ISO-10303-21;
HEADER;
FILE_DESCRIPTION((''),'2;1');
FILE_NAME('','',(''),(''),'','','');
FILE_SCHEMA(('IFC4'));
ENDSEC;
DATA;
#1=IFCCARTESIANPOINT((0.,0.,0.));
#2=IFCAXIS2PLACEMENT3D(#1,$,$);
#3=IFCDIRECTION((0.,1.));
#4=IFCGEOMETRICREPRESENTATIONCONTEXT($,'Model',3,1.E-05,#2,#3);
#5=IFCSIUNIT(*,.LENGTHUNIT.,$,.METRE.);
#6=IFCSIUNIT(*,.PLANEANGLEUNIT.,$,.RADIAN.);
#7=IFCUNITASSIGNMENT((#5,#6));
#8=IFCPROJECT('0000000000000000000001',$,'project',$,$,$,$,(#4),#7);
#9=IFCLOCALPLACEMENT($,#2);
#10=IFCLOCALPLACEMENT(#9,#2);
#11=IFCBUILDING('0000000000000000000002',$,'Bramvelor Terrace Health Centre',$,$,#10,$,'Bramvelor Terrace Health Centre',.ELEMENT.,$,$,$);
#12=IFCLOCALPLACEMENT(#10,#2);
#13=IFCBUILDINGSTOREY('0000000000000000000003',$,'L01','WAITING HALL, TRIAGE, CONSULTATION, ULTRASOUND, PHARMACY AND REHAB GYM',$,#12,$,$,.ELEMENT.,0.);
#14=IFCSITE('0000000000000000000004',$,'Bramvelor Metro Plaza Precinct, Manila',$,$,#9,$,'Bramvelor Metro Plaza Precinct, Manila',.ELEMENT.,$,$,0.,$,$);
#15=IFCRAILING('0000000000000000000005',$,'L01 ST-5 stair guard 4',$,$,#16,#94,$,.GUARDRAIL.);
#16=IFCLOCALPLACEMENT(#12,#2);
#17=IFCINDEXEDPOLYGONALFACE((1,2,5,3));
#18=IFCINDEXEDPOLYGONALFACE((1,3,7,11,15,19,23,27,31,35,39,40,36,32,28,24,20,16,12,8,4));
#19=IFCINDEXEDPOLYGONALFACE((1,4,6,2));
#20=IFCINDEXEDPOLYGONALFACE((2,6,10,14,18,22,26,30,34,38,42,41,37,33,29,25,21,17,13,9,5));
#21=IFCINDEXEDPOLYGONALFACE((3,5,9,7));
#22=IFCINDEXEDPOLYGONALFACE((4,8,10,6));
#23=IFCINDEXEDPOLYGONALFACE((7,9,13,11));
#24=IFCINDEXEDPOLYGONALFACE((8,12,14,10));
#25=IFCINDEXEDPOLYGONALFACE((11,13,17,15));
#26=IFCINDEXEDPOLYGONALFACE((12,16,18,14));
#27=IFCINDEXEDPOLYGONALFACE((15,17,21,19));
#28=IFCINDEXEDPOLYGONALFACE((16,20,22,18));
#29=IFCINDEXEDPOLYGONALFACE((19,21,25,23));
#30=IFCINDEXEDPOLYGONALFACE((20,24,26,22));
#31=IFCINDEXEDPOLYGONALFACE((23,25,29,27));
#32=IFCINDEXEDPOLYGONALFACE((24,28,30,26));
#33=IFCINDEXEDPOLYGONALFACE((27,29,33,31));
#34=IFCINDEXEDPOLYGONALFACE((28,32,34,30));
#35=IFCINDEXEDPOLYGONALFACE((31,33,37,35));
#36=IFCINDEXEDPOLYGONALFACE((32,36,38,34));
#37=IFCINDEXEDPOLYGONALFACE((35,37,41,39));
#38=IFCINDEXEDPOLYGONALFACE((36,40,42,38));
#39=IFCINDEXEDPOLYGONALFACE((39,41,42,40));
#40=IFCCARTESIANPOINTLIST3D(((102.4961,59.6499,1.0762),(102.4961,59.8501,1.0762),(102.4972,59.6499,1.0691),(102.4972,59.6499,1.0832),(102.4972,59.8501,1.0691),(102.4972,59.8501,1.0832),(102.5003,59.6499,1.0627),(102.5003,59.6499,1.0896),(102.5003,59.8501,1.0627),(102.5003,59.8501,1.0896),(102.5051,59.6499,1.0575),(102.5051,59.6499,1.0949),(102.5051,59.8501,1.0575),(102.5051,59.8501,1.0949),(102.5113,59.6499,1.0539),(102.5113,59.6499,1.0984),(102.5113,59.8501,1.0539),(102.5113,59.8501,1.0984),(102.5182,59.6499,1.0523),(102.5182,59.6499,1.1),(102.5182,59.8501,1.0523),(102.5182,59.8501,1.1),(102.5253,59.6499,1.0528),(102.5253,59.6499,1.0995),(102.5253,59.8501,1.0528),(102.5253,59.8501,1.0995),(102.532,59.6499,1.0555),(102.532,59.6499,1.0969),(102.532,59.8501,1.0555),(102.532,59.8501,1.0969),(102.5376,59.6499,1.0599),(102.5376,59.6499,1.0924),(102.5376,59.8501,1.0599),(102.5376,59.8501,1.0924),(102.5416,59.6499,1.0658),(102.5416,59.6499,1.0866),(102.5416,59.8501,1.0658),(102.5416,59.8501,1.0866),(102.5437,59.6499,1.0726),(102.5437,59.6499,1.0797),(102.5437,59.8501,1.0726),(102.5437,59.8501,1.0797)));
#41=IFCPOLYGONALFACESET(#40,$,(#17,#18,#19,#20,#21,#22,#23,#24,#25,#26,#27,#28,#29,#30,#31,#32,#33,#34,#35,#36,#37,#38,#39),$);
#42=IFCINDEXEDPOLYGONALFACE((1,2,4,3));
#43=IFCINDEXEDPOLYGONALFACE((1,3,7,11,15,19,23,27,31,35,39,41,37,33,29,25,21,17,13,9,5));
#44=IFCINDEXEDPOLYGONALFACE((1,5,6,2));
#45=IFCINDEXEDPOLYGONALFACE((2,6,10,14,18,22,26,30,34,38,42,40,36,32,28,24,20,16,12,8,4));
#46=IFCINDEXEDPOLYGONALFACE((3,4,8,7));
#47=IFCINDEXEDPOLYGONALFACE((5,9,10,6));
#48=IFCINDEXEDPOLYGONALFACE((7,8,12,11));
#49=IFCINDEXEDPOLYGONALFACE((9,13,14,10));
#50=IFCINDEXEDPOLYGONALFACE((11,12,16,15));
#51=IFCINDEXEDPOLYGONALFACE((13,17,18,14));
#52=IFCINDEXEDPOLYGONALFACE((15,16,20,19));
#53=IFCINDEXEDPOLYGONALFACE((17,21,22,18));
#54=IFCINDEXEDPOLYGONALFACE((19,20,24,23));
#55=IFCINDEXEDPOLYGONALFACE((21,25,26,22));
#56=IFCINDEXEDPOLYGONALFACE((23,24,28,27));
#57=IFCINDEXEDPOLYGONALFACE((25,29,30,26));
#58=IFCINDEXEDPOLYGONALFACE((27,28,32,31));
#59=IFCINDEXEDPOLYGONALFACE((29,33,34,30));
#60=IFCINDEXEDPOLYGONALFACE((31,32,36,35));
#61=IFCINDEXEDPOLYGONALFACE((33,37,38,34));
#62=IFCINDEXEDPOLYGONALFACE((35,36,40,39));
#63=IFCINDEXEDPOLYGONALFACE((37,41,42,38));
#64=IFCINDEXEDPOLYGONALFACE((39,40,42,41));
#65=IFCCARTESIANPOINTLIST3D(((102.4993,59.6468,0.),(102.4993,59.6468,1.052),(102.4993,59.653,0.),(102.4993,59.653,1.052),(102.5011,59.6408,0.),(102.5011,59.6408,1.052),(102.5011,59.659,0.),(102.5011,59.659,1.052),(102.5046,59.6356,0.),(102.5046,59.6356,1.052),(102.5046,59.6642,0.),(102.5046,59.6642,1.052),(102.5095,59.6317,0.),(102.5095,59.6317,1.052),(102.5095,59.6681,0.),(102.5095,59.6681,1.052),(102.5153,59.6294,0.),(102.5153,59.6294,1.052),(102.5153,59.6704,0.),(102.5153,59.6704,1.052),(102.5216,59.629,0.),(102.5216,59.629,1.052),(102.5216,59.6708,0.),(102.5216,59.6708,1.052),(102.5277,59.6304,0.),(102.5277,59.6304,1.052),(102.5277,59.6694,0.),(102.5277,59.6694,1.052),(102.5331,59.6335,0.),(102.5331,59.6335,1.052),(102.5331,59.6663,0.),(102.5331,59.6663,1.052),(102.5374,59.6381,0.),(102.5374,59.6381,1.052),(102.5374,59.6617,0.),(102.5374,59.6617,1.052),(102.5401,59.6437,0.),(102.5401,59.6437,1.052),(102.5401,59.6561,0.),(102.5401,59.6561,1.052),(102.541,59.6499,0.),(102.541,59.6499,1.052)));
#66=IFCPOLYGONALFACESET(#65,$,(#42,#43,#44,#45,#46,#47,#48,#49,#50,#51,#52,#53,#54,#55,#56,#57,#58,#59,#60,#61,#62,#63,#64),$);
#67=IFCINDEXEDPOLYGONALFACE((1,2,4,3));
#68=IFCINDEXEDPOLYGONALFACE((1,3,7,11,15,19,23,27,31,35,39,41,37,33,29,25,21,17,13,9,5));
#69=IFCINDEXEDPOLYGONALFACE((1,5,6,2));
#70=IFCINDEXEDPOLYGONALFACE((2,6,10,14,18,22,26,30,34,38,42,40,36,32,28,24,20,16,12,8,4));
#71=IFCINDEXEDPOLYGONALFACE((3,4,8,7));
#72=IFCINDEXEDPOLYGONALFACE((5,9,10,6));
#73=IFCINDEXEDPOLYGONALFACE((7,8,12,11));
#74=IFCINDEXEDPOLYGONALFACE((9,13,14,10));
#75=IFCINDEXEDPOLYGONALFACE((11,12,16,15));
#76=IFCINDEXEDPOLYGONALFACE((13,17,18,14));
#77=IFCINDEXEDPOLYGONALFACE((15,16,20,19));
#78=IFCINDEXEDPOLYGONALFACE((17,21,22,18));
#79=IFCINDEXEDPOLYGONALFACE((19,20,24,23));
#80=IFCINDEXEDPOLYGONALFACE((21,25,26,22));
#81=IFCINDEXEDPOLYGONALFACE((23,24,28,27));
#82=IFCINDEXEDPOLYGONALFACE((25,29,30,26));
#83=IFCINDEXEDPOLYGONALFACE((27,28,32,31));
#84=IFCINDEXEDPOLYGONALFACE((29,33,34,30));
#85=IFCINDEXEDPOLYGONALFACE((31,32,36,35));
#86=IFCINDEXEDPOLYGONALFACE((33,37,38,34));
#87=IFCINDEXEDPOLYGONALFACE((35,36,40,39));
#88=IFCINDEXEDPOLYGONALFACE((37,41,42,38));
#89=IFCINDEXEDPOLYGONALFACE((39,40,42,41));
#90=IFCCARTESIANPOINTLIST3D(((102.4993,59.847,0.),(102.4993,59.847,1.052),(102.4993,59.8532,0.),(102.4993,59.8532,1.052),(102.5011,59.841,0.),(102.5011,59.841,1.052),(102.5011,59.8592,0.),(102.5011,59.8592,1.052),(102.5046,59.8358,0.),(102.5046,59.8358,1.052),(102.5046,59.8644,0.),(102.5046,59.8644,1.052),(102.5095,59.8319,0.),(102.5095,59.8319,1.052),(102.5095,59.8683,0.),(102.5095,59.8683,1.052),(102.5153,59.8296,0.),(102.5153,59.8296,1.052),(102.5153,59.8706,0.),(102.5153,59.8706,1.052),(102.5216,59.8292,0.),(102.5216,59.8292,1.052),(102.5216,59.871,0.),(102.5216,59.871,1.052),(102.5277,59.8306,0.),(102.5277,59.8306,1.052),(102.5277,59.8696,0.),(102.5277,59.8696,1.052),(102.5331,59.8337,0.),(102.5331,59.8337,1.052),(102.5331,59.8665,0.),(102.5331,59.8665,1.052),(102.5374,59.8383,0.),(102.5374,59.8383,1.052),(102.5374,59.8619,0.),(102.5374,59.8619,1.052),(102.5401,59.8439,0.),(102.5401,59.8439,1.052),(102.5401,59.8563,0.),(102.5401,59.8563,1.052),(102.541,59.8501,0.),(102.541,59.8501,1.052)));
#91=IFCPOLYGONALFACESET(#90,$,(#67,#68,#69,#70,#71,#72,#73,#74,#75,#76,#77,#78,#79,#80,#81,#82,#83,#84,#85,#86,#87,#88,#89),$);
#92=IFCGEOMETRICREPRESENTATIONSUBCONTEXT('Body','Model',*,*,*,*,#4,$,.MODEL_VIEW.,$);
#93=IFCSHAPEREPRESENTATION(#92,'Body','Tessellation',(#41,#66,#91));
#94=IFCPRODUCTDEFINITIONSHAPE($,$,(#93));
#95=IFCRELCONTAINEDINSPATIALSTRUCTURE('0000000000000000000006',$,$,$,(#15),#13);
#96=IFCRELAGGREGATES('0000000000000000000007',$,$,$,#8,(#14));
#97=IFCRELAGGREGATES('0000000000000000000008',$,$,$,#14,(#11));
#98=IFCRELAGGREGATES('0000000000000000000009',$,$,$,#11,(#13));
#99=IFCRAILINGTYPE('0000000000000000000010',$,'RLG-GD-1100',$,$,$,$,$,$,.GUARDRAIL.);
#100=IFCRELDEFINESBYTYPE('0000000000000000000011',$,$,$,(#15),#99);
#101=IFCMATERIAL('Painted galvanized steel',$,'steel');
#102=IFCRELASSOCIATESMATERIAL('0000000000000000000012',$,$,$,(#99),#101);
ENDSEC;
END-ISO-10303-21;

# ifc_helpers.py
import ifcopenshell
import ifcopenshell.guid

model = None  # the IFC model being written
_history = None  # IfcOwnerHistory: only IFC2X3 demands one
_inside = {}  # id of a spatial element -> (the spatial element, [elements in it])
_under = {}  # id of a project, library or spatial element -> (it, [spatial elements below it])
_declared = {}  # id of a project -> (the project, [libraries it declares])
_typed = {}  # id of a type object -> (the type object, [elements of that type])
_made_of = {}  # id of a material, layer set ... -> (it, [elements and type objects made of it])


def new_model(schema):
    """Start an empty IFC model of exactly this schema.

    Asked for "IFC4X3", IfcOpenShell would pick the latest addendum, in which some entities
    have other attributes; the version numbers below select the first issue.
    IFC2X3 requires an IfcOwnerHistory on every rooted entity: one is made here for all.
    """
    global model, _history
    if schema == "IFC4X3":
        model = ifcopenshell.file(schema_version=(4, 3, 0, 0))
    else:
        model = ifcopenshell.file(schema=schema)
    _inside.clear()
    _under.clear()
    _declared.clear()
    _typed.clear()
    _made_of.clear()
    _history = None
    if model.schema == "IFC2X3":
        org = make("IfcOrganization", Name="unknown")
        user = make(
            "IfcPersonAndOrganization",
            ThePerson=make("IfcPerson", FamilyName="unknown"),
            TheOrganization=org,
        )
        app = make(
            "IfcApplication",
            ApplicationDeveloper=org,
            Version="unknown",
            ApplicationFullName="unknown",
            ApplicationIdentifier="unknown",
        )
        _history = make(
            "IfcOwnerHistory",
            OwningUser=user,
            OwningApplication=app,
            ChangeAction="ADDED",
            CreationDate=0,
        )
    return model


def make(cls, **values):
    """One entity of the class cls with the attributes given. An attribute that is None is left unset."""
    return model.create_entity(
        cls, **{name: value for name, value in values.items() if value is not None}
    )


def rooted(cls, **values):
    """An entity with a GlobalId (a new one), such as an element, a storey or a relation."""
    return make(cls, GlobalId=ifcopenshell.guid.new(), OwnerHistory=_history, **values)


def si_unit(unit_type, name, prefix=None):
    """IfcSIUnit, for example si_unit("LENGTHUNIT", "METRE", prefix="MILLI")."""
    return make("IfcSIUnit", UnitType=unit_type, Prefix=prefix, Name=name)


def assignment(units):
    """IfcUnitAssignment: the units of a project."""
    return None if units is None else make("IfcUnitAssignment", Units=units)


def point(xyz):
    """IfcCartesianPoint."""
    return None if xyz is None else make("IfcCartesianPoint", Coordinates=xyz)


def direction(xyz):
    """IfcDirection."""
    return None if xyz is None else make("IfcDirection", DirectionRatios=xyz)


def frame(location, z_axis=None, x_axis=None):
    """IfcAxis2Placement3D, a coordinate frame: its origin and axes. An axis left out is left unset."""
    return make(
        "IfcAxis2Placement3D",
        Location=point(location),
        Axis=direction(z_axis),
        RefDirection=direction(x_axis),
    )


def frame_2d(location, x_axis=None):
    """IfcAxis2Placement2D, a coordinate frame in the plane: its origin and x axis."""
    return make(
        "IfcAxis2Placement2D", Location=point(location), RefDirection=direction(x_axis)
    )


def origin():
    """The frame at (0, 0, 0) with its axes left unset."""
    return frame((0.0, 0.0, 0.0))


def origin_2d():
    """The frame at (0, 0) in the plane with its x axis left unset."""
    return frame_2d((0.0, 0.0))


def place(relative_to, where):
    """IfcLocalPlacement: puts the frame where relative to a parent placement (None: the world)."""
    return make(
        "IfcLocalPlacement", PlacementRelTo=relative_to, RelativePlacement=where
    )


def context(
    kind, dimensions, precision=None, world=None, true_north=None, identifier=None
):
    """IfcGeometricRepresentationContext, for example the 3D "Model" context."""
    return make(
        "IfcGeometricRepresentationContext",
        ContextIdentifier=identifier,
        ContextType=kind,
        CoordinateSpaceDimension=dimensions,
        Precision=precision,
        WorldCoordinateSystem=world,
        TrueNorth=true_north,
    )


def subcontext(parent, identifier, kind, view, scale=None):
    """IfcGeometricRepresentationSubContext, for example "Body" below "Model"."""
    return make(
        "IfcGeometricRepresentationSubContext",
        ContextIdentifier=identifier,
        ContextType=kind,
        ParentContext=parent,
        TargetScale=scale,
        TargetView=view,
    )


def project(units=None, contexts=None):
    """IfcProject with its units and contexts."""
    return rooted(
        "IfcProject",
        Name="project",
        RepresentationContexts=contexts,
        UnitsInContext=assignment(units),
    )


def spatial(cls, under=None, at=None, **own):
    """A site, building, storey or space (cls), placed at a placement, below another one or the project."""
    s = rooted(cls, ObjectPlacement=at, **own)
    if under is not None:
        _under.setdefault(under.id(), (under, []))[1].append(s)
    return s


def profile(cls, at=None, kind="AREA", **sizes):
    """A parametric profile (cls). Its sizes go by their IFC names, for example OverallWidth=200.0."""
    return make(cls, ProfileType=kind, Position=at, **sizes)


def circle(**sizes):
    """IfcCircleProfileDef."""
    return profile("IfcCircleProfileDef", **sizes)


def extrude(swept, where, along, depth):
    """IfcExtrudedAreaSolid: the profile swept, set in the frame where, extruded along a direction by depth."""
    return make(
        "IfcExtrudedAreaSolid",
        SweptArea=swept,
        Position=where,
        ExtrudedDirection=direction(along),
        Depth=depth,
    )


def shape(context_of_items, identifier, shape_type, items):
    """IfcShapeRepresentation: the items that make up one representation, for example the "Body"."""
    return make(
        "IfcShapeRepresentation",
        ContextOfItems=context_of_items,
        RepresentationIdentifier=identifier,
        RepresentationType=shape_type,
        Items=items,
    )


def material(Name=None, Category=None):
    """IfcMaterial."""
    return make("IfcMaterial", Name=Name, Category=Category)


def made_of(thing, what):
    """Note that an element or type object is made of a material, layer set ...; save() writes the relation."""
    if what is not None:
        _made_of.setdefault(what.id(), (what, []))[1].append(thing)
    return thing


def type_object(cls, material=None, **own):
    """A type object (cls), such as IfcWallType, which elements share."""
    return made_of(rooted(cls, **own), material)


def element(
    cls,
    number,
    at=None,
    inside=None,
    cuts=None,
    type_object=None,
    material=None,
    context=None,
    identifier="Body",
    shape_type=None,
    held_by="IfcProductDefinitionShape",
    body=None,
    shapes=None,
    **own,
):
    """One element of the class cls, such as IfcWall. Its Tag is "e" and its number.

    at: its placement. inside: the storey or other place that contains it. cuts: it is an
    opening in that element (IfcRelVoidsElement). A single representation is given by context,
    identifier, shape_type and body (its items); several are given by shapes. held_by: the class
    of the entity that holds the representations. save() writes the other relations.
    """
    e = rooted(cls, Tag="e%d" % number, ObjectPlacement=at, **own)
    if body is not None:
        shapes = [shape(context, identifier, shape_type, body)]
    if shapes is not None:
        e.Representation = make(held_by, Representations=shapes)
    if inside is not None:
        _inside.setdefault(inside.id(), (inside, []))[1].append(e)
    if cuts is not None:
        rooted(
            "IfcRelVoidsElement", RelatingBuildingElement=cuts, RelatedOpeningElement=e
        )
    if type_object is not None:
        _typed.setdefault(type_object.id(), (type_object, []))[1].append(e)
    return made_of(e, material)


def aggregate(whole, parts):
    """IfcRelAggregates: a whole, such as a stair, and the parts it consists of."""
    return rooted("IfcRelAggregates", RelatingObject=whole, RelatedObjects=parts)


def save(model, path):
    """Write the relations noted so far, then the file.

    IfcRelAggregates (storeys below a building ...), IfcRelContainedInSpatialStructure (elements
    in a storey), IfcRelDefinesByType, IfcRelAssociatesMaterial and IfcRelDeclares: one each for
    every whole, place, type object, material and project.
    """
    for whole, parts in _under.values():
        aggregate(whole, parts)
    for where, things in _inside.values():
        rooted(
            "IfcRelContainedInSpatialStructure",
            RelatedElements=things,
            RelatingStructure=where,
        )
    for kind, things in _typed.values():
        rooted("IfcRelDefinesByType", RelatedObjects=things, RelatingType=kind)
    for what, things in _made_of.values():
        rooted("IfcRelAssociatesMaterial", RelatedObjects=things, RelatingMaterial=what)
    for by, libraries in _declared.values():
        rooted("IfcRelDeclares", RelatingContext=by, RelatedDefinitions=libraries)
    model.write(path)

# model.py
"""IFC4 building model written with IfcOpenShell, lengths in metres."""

from ifc_helpers import new_model, si_unit, direction, frame, origin, origin_2d, place, context, subcontext, project, spatial, circle, extrude, material, type_object, element, save


model = new_model("IFC4")

# Units and contexts
model_context = context("Model", 3, precision=1e-05, world=origin(), true_north=direction((0.0, 1.0)))
body_context = subcontext(model_context, "Body", "Model", "MODEL_VIEW")
ifc_project = project(units=[si_unit("LENGTHUNIT", "METRE"), si_unit("PLANEANGLEUNIT", "RADIAN")], contexts=[model_context])

# Site, building, storey
site_placement = place(None, origin())
site = spatial("IfcSite", under=ifc_project, at=site_placement, Name="Bramvelor Metro Plaza Precinct, Manila", LongName="Bramvelor Metro Plaza Precinct, Manila", CompositionType="ELEMENT", RefElevation=0.0)
building_placement = place(site_placement, origin())
building = spatial("IfcBuilding", under=site, at=building_placement, Name="Bramvelor Terrace Health Centre", LongName="Bramvelor Terrace Health Centre", CompositionType="ELEMENT")
storey_placement = place(building_placement, origin())
storey = spatial("IfcBuildingStorey", under=building, at=storey_placement, Name="L01", Description="WAITING HALL, TRIAGE, CONSULTATION, ULTRASOUND, PHARMACY AND REHAB GYM", CompositionType="ELEMENT", Elevation=0.0)

# Railing
ifc_material_1 = material(Name="Painted galvanized steel", Category="steel")
railing_type_1 = type_object("IfcRailingType", Name="RLG-GD-1100", PredefinedType="GUARDRAIL", material=ifc_material_1)
railing_1_placement = place(storey_placement, frame((102.52, 59.6499, 0.0)))
element("IfcRailing", 1, at=railing_1_placement, inside=storey, type_object=railing_type_1, Name="L01 ST-5 stair guard 4", PredefinedType="GUARDRAIL", context=body_context, shape_type="SweptSolid", body=[
    extrude(circle(Radius=0.0239, at=origin_2d()), frame((0.0, 0.0, 1.0762), z_axis=(0.0, 1.0, 0.0), x_axis=(-1.0, 0.0, 0.0)), (0.0, 0.0, 1.0), 0.2002),
    extrude(circle(Radius=0.021, at=origin_2d()), origin(), (0.0, 0.0, 1.0), 1.052),
    extrude(circle(Radius=0.021, at=origin_2d()), frame((0.0, 0.2002, 0.0)), (0.0, 0.0, 1.0), 1.052),
])

save(model, "model.ifc")
